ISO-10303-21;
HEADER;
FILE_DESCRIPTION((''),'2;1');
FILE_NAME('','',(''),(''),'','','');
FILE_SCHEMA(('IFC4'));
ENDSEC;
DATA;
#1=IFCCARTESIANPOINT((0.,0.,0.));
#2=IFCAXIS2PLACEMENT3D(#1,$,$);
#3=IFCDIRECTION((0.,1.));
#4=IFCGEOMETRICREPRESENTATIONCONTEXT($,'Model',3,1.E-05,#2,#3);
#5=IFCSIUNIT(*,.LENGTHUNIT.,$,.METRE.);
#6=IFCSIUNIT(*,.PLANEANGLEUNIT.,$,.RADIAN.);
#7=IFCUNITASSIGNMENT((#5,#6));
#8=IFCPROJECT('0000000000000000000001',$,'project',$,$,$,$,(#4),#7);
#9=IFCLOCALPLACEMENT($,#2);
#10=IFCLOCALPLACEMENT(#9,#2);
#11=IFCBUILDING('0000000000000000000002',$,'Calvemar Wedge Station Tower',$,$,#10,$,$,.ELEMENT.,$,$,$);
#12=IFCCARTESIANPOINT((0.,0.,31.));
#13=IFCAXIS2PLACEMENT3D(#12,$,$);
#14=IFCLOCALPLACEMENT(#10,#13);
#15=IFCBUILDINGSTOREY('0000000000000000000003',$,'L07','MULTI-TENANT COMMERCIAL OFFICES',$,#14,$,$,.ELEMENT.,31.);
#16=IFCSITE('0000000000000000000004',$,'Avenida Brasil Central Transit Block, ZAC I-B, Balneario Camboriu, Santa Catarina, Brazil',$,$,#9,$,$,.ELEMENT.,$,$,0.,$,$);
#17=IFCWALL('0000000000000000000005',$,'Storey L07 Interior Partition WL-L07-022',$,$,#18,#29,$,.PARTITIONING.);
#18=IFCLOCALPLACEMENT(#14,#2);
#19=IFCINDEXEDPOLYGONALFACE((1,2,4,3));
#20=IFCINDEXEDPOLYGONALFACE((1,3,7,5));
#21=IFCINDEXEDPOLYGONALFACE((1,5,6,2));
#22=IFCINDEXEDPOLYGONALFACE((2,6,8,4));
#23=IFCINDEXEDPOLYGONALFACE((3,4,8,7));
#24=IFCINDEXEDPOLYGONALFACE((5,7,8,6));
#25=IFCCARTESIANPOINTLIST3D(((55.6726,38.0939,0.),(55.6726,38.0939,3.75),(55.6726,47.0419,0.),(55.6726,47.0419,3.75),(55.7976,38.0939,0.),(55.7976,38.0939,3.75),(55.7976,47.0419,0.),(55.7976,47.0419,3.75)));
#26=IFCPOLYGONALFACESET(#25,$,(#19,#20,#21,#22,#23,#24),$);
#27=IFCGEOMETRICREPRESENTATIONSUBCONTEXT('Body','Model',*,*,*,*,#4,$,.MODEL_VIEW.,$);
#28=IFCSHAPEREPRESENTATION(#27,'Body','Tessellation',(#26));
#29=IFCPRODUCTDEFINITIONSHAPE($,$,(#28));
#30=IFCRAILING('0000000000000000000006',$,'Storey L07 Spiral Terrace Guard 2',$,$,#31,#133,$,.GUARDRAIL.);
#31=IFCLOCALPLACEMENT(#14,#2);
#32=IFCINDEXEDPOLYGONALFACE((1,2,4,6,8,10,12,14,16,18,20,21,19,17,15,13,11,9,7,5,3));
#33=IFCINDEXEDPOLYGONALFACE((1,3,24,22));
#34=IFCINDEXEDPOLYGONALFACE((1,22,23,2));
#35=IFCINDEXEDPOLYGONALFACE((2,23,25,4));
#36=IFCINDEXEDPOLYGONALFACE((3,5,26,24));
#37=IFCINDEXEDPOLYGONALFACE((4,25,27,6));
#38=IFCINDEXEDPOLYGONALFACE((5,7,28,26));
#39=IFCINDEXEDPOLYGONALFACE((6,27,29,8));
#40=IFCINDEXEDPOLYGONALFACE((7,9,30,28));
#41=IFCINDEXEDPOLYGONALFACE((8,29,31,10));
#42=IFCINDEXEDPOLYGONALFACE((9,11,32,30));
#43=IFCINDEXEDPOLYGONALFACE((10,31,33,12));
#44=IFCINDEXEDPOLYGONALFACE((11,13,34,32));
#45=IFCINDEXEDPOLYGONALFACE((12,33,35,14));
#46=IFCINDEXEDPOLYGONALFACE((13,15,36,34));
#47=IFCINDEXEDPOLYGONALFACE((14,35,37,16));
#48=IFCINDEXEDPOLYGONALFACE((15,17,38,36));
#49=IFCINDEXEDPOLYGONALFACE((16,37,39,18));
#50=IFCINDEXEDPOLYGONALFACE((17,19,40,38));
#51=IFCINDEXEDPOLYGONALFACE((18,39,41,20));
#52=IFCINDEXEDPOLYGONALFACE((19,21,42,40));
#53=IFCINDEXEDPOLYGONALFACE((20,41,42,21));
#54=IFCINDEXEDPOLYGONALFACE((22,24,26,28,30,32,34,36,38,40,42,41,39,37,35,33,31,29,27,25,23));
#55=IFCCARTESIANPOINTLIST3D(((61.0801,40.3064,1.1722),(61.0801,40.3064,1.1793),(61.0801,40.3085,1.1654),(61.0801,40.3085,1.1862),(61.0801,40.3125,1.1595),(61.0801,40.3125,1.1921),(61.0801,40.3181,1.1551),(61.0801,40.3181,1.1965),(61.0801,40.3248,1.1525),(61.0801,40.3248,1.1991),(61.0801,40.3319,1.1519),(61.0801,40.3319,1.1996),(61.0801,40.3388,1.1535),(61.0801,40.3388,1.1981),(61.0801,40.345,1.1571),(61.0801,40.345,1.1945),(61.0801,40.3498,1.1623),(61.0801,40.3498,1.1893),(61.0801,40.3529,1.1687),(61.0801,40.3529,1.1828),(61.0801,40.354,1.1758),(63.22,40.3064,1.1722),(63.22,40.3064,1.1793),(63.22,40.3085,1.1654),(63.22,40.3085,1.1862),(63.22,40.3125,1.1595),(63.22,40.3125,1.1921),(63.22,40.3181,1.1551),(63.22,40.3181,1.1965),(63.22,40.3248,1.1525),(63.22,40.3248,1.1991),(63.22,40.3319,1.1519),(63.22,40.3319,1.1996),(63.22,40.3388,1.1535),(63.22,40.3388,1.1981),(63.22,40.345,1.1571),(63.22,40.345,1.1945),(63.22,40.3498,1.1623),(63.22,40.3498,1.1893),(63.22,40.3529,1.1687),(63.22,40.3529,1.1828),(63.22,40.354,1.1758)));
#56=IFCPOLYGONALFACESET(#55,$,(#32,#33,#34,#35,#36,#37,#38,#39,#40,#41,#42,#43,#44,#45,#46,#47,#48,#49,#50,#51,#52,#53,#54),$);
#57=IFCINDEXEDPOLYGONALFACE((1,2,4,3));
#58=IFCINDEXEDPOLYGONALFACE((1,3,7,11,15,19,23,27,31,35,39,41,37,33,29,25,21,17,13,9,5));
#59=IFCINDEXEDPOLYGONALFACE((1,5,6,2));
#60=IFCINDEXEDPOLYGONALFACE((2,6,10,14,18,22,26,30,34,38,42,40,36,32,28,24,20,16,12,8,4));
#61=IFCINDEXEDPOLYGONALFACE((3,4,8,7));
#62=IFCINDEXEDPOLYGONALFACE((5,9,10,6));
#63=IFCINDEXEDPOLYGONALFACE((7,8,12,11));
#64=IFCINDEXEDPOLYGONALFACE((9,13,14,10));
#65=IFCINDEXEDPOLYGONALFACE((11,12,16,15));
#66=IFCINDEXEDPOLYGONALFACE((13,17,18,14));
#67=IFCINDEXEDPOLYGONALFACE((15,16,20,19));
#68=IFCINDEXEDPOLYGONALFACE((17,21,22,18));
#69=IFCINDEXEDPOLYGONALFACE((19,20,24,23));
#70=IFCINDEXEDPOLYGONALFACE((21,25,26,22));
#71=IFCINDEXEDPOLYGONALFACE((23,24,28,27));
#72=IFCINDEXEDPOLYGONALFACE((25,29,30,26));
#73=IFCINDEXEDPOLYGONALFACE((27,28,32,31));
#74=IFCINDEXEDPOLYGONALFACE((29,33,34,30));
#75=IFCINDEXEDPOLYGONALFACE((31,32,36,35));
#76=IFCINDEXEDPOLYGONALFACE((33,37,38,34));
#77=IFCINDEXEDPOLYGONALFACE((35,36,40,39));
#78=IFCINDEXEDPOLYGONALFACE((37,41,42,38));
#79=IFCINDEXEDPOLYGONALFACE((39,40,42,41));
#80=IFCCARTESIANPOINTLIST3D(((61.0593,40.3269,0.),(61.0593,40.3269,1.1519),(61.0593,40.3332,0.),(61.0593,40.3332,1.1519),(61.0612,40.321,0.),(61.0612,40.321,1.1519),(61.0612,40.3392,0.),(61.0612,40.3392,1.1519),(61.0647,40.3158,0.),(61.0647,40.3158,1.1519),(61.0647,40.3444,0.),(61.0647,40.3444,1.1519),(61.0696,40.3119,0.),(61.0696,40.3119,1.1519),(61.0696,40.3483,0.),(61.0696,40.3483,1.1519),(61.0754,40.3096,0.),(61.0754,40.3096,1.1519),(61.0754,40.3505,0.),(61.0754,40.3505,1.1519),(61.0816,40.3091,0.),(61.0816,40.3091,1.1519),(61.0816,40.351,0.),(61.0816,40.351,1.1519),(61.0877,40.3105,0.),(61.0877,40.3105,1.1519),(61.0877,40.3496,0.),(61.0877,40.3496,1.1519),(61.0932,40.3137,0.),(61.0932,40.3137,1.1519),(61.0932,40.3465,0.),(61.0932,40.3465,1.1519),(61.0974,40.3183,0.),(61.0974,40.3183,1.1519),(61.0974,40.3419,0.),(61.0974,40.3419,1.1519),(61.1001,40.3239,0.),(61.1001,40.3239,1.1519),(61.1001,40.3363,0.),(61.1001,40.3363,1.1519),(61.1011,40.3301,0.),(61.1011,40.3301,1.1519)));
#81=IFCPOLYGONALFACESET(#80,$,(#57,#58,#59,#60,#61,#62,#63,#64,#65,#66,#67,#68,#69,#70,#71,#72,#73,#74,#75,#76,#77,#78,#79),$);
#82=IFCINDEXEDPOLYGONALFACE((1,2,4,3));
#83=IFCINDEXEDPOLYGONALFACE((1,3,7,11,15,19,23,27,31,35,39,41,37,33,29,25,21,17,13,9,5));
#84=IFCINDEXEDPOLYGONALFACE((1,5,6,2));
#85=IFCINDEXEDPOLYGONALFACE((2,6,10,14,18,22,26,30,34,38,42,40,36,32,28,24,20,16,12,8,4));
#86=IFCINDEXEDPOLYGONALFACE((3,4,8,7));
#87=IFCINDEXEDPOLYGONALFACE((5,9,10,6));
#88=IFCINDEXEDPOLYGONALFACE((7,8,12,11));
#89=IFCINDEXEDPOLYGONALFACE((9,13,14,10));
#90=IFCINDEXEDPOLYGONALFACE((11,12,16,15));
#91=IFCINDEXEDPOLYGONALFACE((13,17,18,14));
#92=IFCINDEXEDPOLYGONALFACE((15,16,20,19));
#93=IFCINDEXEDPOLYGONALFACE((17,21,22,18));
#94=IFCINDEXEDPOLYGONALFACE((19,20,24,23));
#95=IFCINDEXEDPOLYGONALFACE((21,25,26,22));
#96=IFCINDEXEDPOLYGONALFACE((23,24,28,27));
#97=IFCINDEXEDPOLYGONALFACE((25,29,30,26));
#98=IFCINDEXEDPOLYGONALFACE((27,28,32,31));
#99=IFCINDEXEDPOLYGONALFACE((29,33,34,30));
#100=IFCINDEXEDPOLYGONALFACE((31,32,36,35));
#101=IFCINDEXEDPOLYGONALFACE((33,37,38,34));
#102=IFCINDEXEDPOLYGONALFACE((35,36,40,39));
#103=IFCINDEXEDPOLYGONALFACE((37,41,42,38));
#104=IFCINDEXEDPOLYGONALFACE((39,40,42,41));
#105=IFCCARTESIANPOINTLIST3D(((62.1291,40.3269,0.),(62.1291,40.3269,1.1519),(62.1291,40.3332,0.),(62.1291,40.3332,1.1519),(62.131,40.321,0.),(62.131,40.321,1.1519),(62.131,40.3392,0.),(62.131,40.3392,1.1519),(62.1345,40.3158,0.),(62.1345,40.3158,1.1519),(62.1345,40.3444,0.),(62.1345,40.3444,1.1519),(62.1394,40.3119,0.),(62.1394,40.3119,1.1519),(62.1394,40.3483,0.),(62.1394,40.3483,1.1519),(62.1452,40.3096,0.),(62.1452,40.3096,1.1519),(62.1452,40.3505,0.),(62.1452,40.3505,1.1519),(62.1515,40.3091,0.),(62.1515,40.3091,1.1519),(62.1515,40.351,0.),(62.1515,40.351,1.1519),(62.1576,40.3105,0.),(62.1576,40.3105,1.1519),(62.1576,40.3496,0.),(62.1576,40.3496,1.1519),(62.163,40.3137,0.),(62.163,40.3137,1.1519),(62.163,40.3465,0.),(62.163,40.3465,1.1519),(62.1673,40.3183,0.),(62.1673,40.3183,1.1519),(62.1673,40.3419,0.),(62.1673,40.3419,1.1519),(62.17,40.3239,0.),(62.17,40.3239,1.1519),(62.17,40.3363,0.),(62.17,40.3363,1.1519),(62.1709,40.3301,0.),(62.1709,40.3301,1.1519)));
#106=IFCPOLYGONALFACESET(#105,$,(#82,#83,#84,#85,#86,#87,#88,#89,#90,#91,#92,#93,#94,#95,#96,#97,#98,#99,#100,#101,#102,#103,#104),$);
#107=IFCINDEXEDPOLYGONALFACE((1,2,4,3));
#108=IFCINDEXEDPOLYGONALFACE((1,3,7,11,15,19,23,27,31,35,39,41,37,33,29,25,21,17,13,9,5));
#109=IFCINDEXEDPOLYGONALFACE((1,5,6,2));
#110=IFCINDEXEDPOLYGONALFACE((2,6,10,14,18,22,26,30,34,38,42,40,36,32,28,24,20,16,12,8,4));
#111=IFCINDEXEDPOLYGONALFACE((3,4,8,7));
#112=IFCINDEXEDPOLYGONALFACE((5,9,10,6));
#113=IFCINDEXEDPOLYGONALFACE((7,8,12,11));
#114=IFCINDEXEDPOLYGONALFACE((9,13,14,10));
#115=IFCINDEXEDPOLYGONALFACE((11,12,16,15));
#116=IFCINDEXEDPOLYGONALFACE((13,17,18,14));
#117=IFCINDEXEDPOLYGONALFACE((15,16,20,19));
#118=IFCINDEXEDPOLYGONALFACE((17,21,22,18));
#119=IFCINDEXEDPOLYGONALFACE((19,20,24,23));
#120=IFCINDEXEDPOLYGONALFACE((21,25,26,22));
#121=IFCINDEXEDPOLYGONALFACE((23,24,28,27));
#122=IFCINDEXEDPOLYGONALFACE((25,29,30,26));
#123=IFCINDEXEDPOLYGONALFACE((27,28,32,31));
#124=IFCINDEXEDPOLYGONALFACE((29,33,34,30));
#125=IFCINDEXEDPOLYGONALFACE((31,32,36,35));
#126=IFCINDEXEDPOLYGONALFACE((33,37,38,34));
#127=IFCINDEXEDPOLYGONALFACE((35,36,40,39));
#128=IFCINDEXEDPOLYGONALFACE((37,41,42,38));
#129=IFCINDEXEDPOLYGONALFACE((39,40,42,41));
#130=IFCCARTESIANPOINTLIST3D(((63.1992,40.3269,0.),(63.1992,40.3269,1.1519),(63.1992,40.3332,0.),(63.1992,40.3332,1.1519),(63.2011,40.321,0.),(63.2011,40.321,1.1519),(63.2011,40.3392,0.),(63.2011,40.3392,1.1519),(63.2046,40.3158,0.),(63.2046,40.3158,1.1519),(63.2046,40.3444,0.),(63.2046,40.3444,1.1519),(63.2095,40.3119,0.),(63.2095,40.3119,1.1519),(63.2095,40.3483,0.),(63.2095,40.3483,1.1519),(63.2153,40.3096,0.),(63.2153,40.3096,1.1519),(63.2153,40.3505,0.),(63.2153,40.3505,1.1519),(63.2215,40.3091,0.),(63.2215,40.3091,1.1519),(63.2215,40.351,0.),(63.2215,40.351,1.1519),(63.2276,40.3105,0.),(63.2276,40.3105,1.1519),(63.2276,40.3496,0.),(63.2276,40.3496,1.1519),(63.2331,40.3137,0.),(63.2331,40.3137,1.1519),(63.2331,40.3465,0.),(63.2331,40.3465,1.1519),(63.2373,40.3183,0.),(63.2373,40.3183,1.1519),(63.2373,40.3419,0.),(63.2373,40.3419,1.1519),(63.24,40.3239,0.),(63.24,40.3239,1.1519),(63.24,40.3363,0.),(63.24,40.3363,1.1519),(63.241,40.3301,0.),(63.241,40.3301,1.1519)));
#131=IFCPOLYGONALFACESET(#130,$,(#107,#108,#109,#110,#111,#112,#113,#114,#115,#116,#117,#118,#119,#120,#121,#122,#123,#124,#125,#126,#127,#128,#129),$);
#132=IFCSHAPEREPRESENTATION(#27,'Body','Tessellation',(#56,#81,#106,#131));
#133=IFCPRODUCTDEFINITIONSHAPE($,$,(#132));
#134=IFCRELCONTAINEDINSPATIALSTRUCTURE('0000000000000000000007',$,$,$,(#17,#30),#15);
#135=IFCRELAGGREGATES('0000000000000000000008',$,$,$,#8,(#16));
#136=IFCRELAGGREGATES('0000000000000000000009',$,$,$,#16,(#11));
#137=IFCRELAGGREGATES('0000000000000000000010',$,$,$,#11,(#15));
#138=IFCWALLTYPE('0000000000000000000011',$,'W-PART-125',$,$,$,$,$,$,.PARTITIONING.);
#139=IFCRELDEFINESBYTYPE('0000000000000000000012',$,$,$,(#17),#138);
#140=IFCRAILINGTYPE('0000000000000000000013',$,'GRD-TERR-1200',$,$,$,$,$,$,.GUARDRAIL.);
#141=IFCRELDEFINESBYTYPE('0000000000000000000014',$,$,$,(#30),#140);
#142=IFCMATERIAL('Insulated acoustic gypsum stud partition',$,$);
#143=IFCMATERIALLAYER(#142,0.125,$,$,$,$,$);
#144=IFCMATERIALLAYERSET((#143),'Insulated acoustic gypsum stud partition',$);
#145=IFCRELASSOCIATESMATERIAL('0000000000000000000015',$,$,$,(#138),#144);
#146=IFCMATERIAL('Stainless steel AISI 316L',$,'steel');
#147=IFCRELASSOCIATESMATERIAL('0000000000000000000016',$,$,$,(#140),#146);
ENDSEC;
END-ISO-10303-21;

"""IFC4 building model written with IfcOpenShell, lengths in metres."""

from ifc_helpers import new_model, si_unit, direction, frame, frame_2d, origin, origin_2d, place, context, subcontext, project, spatial, rectangle, circle, extrude, material, layer, layer_set, type_object, element, save


model = new_model("IFC4")

# Units and contexts
model_context = context("Model", 3, precision=1e-05, world=origin(), true_north=direction((0.0, 1.0)))
body_context = subcontext(model_context, "Body", "Model", "MODEL_VIEW")
ifc_project = project(units=[si_unit("LENGTHUNIT", "METRE"), si_unit("PLANEANGLEUNIT", "RADIAN")], contexts=[model_context])

# Site, building, storey
site_placement = place(None, origin())
site = spatial("IfcSite", under=ifc_project, at=site_placement, Name="Avenida Brasil Central Transit Block, ZAC I-B, Balneario Camboriu, Santa Catarina, Brazil", CompositionType="ELEMENT", RefElevation=0.0)
building_placement = place(site_placement, origin())
building = spatial("IfcBuilding", under=site, at=building_placement, Name="Calvemar Wedge Station Tower", CompositionType="ELEMENT")
storey_placement = place(building_placement, frame((0.0, 0.0, 31.0)))
storey = spatial("IfcBuildingStorey", under=building, at=storey_placement, Name="L07", Description="MULTI-TENANT COMMERCIAL OFFICES", CompositionType="ELEMENT", Elevation=31.0)

# Wall
ifc_material_1 = material(Name="Insulated acoustic gypsum stud partition")
ifc_layer_1 = layer(ifc_material_1, 0.125)
ifc_layer_set_1 = layer_set([ifc_layer_1], Name="Insulated acoustic gypsum stud partition")
wall_type_1 = type_object("IfcWallType", Name="W-PART-125", PredefinedType="PARTITIONING", material=ifc_layer_set_1)
wall_1_placement = place(storey_placement, frame((55.7351, 47.042, 0.0), z_axis=(0.0, 0.0, 1.0), x_axis=(0.0, -1.0, 0.0)))
element("IfcWall", 1, at=wall_1_placement, inside=storey, type_object=wall_type_1, Name="Storey L07 Interior Partition WL-L07-022", PredefinedType="PARTITIONING", context=body_context, shape_type="SweptSolid", body=[
    extrude(rectangle(XDim=8.948, YDim=0.125, at=frame_2d((4.4741, 0.0))), origin(), (0.0, 0.0, 1.0), 3.75),
])

# Railing
ifc_material_2 = material(Name="Stainless steel AISI 316L", Category="steel")
railing_type = type_object("IfcRailingType", Name="GRD-TERR-1200", PredefinedType="GUARDRAIL", material=ifc_material_2)
railing_1_placement = place(storey_placement, frame((61.0801, 40.3301, 0.0)))
element("IfcRailing", 2, at=railing_1_placement, inside=storey, type_object=railing_type, Name="Storey L07 Spiral Terrace Guard 2", PredefinedType="GUARDRAIL", context=body_context, shape_type="SweptSolid", body=[
    extrude(circle(Radius=0.0239, at=origin_2d()), frame((0.0, 0.0, 1.1758), z_axis=(1.0, 0.0, 0.0), x_axis=(0.0, 1.0, 0.0)), (0.0, 0.0, 1.0), 2.1399),
    extrude(circle(Radius=0.021, at=origin_2d()), origin(), (0.0, 0.0, 1.0), 1.1519),
    extrude(circle(Radius=0.021, at=origin_2d()), frame((1.0698, 0.0, 0.0)), (0.0, 0.0, 1.0), 1.1519),
    extrude(circle(Radius=0.021, at=origin_2d()), frame((2.1399, 0.0, 0.0)), (0.0, 0.0, 1.0), 1.1519),
])

save(model, "model.ifc")
